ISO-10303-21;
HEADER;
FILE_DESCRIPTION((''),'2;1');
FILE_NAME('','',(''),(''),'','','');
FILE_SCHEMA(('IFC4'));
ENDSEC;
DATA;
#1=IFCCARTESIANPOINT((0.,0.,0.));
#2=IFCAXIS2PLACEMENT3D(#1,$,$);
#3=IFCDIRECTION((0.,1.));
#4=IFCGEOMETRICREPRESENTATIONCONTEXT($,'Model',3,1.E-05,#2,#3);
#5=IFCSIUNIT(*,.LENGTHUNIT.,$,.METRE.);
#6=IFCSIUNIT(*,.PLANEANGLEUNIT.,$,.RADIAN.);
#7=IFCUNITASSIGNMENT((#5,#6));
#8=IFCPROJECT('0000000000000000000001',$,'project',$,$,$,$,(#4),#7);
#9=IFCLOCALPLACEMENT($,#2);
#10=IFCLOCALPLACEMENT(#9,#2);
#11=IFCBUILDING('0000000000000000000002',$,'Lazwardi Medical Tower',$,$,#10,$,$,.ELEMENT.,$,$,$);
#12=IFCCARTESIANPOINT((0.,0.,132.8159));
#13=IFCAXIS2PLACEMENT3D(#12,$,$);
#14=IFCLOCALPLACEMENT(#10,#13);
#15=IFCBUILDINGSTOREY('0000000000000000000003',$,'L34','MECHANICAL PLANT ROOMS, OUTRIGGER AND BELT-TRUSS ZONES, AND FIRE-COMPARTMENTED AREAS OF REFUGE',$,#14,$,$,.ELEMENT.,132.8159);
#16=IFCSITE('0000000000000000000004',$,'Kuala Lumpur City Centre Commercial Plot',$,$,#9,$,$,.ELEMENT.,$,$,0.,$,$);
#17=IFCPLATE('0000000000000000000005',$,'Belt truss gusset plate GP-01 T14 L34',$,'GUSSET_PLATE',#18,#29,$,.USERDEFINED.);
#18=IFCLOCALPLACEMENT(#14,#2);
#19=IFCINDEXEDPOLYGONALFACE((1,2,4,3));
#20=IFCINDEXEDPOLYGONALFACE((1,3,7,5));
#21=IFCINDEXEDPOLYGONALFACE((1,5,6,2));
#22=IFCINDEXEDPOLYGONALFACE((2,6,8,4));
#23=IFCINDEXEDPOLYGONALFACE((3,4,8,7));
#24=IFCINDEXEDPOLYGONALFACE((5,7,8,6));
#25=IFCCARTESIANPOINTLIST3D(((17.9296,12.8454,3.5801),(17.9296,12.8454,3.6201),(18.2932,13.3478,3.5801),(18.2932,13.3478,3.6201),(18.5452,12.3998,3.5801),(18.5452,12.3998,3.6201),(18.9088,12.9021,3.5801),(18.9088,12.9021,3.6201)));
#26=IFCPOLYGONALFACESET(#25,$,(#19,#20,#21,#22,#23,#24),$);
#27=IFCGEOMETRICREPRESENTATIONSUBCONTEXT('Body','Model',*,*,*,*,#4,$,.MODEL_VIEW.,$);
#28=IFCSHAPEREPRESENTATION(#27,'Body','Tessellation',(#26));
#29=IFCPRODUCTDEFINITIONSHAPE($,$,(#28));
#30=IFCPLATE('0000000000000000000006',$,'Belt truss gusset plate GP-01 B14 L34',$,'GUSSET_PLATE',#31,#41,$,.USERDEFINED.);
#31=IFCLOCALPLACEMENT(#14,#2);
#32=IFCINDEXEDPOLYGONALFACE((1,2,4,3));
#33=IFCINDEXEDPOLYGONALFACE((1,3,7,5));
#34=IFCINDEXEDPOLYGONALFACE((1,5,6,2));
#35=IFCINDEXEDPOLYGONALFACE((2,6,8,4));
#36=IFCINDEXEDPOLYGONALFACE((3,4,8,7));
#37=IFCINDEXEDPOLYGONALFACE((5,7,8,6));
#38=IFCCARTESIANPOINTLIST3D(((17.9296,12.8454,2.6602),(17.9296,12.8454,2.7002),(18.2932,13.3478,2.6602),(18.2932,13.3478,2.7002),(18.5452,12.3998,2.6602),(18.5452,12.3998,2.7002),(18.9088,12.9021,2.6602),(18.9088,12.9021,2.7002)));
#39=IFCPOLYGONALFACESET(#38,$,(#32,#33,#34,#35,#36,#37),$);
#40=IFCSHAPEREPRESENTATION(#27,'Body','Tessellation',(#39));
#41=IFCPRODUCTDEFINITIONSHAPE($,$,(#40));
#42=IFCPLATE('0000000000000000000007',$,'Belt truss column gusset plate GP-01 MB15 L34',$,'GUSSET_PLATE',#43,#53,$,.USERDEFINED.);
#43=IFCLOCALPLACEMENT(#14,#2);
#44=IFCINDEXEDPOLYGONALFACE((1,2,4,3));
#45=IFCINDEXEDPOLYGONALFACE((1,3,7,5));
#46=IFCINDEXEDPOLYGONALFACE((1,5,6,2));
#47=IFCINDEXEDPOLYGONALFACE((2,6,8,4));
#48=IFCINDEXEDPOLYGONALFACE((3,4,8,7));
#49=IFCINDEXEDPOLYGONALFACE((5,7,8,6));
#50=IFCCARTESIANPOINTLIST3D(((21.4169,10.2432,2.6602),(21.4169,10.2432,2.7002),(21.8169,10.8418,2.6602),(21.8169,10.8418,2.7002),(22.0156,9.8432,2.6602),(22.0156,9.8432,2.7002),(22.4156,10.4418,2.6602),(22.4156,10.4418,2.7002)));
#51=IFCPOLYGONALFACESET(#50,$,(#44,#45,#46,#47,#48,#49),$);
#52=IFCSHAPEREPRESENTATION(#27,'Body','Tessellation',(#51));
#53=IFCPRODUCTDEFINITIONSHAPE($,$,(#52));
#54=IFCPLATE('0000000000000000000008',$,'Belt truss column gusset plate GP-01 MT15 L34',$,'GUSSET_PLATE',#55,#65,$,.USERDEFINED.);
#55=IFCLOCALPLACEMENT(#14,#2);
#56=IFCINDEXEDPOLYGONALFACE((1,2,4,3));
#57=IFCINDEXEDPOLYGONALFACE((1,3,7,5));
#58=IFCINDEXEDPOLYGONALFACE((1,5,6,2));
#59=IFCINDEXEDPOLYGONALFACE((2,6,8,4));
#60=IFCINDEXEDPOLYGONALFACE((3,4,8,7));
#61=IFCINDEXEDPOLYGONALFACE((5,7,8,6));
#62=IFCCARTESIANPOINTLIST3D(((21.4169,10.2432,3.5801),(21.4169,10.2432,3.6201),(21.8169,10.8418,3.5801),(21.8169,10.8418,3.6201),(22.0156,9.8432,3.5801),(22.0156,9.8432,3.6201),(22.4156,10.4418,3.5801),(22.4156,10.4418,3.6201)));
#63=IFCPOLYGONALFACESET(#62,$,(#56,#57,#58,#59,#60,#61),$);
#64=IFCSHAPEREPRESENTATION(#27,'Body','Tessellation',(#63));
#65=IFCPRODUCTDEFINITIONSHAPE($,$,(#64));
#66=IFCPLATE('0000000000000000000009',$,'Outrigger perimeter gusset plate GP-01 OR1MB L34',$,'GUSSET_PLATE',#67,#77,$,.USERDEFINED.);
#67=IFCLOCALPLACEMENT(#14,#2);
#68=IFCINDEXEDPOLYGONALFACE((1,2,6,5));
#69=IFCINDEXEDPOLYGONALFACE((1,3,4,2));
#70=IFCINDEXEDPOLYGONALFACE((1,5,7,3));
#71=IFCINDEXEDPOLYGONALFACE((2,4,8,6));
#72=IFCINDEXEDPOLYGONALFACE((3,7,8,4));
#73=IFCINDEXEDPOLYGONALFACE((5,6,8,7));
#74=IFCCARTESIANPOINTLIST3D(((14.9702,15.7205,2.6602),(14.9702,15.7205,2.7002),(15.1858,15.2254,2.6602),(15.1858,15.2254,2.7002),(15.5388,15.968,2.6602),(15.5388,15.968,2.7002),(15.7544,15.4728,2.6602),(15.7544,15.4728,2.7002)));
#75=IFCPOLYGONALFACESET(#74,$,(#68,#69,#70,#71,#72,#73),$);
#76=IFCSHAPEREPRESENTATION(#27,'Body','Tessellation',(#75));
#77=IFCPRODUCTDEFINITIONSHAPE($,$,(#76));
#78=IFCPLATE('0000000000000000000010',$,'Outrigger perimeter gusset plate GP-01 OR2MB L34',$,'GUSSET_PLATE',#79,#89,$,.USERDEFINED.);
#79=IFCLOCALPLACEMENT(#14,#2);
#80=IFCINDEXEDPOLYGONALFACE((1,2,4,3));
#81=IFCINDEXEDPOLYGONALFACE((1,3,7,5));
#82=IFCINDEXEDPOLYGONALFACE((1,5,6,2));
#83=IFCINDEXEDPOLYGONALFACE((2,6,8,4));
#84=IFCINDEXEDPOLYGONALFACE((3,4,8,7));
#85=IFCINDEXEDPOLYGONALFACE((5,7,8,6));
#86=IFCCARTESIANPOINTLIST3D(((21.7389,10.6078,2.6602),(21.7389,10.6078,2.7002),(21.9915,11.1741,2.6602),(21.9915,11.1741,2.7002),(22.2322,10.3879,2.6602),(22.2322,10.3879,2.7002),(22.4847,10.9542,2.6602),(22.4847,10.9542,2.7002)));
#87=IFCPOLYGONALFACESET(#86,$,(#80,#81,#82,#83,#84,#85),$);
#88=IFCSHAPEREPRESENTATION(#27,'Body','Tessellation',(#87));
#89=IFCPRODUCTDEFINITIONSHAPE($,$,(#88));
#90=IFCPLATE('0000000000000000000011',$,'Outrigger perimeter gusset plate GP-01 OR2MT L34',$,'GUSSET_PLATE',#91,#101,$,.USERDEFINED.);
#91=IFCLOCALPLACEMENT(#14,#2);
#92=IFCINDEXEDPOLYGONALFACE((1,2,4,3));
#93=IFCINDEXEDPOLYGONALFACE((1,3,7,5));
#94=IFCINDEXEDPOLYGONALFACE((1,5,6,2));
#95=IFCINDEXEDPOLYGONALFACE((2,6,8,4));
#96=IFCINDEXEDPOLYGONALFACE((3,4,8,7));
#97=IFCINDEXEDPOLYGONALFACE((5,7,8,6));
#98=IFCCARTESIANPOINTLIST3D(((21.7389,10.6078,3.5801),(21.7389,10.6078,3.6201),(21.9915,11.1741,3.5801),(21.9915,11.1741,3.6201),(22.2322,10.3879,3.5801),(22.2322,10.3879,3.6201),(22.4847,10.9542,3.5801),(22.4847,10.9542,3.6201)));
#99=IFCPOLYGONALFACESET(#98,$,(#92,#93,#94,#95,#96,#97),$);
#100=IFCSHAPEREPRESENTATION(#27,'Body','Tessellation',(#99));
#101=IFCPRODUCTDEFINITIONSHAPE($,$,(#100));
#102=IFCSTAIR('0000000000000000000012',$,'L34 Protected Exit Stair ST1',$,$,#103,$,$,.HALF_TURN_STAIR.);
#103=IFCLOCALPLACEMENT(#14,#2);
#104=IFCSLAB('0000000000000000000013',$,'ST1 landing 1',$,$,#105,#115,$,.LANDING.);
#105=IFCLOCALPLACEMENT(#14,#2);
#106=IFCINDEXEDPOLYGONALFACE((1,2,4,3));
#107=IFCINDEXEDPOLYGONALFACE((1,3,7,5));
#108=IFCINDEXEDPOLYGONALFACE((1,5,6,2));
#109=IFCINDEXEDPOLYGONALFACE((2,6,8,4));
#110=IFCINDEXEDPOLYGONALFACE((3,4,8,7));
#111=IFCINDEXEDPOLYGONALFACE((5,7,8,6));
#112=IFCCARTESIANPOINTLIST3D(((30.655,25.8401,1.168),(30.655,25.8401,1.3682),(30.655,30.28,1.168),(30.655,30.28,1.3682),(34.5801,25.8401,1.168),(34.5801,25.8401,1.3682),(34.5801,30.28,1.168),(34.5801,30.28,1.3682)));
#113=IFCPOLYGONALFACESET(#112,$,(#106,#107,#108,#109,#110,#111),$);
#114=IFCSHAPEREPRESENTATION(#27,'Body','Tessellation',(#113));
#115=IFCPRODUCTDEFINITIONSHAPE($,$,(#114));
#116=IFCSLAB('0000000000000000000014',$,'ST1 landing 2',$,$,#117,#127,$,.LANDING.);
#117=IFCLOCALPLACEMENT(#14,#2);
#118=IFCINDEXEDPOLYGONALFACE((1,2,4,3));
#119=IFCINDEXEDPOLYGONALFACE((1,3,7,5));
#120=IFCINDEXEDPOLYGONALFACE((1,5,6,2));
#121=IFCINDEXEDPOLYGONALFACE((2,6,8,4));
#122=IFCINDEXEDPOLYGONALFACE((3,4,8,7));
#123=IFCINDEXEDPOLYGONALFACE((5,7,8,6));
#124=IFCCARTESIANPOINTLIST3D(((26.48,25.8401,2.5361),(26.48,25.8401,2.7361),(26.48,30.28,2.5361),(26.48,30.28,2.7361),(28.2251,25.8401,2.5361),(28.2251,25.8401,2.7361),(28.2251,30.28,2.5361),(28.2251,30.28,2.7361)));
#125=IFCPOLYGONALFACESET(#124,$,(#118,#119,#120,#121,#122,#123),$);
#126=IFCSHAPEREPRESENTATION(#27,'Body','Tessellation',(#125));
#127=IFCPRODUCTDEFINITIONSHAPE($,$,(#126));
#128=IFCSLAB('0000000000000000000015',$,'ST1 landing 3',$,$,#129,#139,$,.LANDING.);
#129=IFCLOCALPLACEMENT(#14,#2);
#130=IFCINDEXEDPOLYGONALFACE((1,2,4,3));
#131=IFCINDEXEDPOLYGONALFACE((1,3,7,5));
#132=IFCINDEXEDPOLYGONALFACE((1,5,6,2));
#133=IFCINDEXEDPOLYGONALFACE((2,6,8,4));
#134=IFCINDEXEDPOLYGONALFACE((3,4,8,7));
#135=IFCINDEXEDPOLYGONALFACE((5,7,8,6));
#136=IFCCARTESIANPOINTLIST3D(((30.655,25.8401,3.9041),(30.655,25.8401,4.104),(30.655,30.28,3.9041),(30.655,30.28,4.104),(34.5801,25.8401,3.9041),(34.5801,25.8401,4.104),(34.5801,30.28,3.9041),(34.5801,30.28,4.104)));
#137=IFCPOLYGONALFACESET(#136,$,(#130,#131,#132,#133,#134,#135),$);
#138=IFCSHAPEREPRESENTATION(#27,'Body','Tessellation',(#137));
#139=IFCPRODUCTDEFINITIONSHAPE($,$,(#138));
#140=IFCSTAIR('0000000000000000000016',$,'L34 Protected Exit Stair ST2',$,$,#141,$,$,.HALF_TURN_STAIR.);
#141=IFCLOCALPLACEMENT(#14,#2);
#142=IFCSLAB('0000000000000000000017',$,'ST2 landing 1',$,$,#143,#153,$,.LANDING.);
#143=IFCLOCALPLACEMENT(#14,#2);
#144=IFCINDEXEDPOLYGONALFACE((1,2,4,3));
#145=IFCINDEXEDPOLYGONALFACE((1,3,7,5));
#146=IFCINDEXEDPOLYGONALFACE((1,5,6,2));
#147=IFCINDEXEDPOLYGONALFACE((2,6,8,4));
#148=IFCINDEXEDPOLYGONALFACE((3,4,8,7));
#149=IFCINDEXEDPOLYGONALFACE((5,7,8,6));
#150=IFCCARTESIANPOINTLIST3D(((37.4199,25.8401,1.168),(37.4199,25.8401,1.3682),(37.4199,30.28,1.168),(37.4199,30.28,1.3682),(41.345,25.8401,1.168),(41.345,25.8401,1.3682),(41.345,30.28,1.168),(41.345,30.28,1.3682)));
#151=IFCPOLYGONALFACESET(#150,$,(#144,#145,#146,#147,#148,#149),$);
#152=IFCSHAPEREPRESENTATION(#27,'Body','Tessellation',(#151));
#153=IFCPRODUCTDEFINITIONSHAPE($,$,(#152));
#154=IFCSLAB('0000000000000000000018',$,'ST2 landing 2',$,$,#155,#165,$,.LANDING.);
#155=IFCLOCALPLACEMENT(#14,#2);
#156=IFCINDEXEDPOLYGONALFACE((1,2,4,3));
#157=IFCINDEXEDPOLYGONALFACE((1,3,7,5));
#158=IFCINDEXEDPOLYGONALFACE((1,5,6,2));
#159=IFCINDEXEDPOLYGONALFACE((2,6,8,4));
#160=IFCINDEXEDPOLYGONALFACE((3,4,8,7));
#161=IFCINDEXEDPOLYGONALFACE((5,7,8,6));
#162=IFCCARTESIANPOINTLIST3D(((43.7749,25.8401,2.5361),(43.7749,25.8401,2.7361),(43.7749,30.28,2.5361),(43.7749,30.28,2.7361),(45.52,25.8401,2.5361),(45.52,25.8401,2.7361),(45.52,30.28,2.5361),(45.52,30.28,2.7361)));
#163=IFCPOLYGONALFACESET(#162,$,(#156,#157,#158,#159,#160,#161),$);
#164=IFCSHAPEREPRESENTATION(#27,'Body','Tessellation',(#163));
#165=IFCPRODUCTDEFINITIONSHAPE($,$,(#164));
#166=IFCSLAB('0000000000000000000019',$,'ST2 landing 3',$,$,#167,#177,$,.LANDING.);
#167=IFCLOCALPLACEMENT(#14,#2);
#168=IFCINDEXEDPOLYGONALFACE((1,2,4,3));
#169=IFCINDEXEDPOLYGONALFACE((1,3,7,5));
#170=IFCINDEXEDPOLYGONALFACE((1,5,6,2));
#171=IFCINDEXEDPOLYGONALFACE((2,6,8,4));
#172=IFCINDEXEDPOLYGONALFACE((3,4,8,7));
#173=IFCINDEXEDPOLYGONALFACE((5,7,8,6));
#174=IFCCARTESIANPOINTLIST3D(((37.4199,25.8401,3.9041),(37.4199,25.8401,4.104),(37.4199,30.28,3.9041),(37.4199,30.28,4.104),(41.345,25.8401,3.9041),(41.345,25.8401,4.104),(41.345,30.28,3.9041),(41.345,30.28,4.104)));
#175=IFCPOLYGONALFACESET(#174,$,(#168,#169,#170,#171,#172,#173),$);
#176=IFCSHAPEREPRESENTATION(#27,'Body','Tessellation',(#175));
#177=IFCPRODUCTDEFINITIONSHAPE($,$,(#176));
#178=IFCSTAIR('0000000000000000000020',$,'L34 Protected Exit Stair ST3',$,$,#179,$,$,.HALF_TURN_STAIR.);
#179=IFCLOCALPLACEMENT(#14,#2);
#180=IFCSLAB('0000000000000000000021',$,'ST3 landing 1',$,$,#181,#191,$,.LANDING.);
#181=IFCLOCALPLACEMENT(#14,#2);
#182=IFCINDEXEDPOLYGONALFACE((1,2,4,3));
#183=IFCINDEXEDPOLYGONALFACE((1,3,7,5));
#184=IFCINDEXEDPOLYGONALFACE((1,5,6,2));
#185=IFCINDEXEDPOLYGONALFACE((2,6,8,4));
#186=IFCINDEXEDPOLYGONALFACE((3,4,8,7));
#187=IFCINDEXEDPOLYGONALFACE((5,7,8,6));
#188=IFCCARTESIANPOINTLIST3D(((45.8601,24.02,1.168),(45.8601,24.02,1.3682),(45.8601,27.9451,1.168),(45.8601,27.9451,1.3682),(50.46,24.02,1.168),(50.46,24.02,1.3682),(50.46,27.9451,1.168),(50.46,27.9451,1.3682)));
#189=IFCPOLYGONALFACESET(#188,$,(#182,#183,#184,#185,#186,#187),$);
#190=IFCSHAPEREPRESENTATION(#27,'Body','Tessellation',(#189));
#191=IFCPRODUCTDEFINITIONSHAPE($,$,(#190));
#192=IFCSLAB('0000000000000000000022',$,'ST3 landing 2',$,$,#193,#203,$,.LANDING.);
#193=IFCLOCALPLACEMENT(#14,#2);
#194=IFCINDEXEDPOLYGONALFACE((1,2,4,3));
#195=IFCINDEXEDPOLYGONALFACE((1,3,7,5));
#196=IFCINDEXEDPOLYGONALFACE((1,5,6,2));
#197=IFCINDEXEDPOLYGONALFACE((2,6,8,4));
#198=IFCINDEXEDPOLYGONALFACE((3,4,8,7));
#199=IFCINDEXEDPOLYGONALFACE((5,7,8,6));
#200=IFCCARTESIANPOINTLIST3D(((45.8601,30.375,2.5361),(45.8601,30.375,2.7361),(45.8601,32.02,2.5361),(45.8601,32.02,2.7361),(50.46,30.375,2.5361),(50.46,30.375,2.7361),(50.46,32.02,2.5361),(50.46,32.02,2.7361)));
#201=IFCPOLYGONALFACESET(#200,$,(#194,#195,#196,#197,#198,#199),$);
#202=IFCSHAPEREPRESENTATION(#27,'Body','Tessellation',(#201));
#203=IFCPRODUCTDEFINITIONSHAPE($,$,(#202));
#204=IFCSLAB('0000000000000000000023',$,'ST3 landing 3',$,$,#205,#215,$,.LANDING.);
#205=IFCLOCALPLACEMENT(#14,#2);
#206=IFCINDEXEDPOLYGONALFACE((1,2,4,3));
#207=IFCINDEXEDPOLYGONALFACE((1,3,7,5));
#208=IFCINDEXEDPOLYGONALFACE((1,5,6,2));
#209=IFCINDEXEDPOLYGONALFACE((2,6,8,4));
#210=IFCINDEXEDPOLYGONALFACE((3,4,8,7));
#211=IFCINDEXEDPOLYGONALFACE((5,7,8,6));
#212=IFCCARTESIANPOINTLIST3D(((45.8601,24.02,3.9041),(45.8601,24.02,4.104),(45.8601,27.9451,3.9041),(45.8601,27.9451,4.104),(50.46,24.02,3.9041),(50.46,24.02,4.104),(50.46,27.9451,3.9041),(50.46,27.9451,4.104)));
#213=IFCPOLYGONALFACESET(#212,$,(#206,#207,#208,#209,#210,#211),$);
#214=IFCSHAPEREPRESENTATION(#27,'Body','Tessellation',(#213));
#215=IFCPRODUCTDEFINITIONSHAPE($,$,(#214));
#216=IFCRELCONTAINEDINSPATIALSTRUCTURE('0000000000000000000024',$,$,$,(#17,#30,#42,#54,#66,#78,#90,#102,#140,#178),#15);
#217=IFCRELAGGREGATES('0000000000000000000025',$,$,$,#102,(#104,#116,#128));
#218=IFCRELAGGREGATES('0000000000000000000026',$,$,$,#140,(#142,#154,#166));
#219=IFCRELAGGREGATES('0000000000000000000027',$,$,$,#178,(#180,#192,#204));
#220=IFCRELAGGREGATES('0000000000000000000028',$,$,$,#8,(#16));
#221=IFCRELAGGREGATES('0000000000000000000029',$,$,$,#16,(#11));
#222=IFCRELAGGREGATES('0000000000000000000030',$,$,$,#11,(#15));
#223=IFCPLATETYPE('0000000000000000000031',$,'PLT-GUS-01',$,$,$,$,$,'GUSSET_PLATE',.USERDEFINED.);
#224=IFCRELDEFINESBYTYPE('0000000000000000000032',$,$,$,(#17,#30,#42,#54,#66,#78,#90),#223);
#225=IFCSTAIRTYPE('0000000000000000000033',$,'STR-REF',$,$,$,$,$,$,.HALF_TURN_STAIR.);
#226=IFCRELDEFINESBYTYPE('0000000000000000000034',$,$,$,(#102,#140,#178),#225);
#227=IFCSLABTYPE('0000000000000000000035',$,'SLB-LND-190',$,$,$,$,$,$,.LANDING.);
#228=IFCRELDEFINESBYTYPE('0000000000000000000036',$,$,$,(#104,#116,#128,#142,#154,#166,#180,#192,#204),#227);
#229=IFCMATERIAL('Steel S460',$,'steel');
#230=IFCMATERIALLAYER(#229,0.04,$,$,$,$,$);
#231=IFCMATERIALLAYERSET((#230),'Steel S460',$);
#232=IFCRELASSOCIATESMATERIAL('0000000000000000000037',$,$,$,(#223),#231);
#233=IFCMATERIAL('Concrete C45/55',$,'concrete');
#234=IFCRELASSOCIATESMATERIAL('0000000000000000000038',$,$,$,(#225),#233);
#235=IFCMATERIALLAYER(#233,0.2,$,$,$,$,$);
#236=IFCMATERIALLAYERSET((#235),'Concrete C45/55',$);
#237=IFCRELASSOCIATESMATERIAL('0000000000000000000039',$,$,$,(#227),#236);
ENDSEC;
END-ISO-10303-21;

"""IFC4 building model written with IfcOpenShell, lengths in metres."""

from ifc_helpers import new_model, si_unit, direction, frame, origin, origin_2d, place, context, subcontext, project, spatial, polyline, rectangle, outline, extrude, material, layer, layer_set, type_object, element, aggregate, save


model = new_model("IFC4")

# Units and contexts
model_context = context("Model", 3, precision=1e-05, world=origin(), true_north=direction((0.0, 1.0)))
body_context = subcontext(model_context, "Body", "Model", "MODEL_VIEW")
ifc_project = project(units=[si_unit("LENGTHUNIT", "METRE"), si_unit("PLANEANGLEUNIT", "RADIAN")], contexts=[model_context])

# Site, building, storey
site_placement = place(None, origin())
site = spatial("IfcSite", under=ifc_project, at=site_placement, Name="Kuala Lumpur City Centre Commercial Plot", CompositionType="ELEMENT", RefElevation=0.0)
building_placement = place(site_placement, origin())
building = spatial("IfcBuilding", under=site, at=building_placement, Name="Lazwardi Medical Tower", CompositionType="ELEMENT")
storey_placement = place(building_placement, frame((0.0, 0.0, 132.8159)))
storey = spatial("IfcBuildingStorey", under=building, at=storey_placement, Name="L34", Description="MECHANICAL PLANT ROOMS, OUTRIGGER AND BELT-TRUSS ZONES, AND FIRE-COMPARTMENTED AREAS OF REFUGE", CompositionType="ELEMENT", Elevation=132.8159)

# Shared definitions
ifc_material_1 = material(Name="Steel S460", Category="steel")

# Plates
ifc_layer_1 = layer(ifc_material_1, 0.04)
ifc_layer_set_1 = layer_set([ifc_layer_1], Name="Steel S460")
plate_type = type_object("IfcPlateType", Name="PLT-GUS-01", ElementType="GUSSET_PLATE", PredefinedType="USERDEFINED", material=ifc_layer_set_1)
for number, where, z_axis, x_axis, name in (
    (1, (18.4192, 12.8738, 3.5801), (0.0, 0.0, 1.0), (0.810042, -0.586372, 0.0), "Belt truss gusset plate GP-01 T14 L34"),
    (2, (18.4192, 12.8738, 2.6602), (0.0, 0.0, 1.0), (0.810042, -0.586372, 0.0), "Belt truss gusset plate GP-01 B14 L34"),
):
    element("IfcPlate", number, at=place(storey_placement, frame(where, z_axis=z_axis, x_axis=x_axis)), inside=storey, type_object=plate_type, Name=name, ObjectType="GUSSET_PLATE", PredefinedType="USERDEFINED", context=body_context, shape_type="SweptSolid", body=[
        extrude(rectangle(XDim=0.76, YDim=0.6201, at=origin_2d()), origin(), (0.0, 0.0, 1.0), 0.04),
    ])
for number, where, z_axis, x_axis, name in (
    (3, (21.9163, 10.3425, 2.6602), (0.0, 0.0, 1.0), (-0.55557, -0.83147, 0.0), "Belt truss column gusset plate GP-01 MB15 L34"),
    (4, (21.9163, 10.3425, 3.5801), (0.0, 0.0, 1.0), (-0.55557, -0.83147, 0.0), "Belt truss column gusset plate GP-01 MT15 L34"),
):
    element("IfcPlate", number, at=place(storey_placement, frame(where, z_axis=z_axis, x_axis=x_axis)), inside=storey, type_object=plate_type, Name=name, ObjectType="GUSSET_PLATE", PredefinedType="USERDEFINED", context=body_context, shape_type="SweptSolid", body=[
        extrude(rectangle(XDim=0.72, YDim=0.72, at=origin_2d()), origin(), (0.0, 0.0, 1.0), 0.04),
    ])
for number, where, z_axis, x_axis, name in (
    (5, (15.3623, 15.5967, 2.6602), (0.0, 0.0, 1.0), (-0.916921, -0.399069, 0.0), "Outrigger perimeter gusset plate GP-01 OR1MB L34"),
    (6, (22.1118, 10.781, 2.6602), (0.0, 0.0, 1.0), (-0.407215, -0.913332, 0.0), "Outrigger perimeter gusset plate GP-01 OR2MB L34"),
    (7, (22.1118, 10.781, 3.5801), (0.0, 0.0, 1.0), (-0.407215, -0.913332, 0.0), "Outrigger perimeter gusset plate GP-01 OR2MT L34"),
):
    element("IfcPlate", number, at=place(storey_placement, frame(where, z_axis=z_axis, x_axis=x_axis)), inside=storey, type_object=plate_type, Name=name, ObjectType="GUSSET_PLATE", PredefinedType="USERDEFINED", context=body_context, shape_type="SweptSolid", body=[
        extrude(rectangle(XDim=0.6201, YDim=0.54, at=origin_2d()), origin(), (0.0, 0.0, 1.0), 0.04),
    ])

# Stairs, slabs
ifc_material_2 = material(Name="Concrete C45/55", Category="concrete")
stair_type = type_object("IfcStairType", Name="STR-REF", PredefinedType="HALF_TURN_STAIR", material=ifc_material_2)
stair_1_placement = place(storey_placement, origin())
stair_1 = element("IfcStair", 8, at=stair_1_placement, inside=storey, type_object=stair_type, Name="L34 Protected Exit Stair ST1", PredefinedType="HALF_TURN_STAIR")
ifc_layer_2 = layer(ifc_material_2, 0.2)
ifc_layer_set_2 = layer_set([ifc_layer_2], Name="Concrete C45/55")
slab_type_1 = type_object("IfcSlabType", Name="SLB-LND-190", PredefinedType="LANDING", material=ifc_layer_set_2)
slab_1_placement = place(storey_placement, frame((0.0, 0.0, 1.168)))
slab_1 = element("IfcSlab", 9, at=slab_1_placement, type_object=slab_type_1, Name="ST1 landing 1", PredefinedType="LANDING", context=body_context, shape_type="SweptSolid", body=[
    extrude(outline(polyline([(30.655, 25.8401), (34.5801, 25.8401), (34.5801, 30.28), (30.655, 30.28), (30.655, 25.8401)])), origin(), (0.0, 0.0, 1.0), 0.2002),
])
slab_2_placement = place(storey_placement, frame((0.0, 0.0, 2.5361)))
slab_2 = element("IfcSlab", 10, at=slab_2_placement, type_object=slab_type_1, Name="ST1 landing 2", PredefinedType="LANDING", context=body_context, shape_type="SweptSolid", body=[
    extrude(outline(polyline([(26.48, 25.8401), (28.2251, 25.8401), (28.2251, 30.28), (26.48, 30.28), (26.48, 25.8401)])), origin(), (0.0, 0.0, 1.0), 0.2),
])
slab_3_placement = place(storey_placement, frame((0.0, 0.0, 3.9041)))
slab_3 = element("IfcSlab", 11, at=slab_3_placement, type_object=slab_type_1, Name="ST1 landing 3", PredefinedType="LANDING", context=body_context, shape_type="SweptSolid", body=[
    extrude(outline(polyline([(30.655, 25.8401), (34.5801, 25.8401), (34.5801, 30.28), (30.655, 30.28), (30.655, 25.8401)])), origin(), (0.0, 0.0, 1.0), 0.2),
])
aggregate(stair_1, [slab_1, slab_2, slab_3])
stair_2_placement = place(storey_placement, origin())
stair_2 = element("IfcStair", 12, at=stair_2_placement, inside=storey, type_object=stair_type, Name="L34 Protected Exit Stair ST2", PredefinedType="HALF_TURN_STAIR")
slab_4_placement = place(storey_placement, frame((0.0, 0.0, 1.168)))
slab_4 = element("IfcSlab", 13, at=slab_4_placement, type_object=slab_type_1, Name="ST2 landing 1", PredefinedType="LANDING", context=body_context, shape_type="SweptSolid", body=[
    extrude(outline(polyline([(41.345, 30.28), (37.4199, 30.28), (37.4199, 25.8401), (41.345, 25.8401), (41.345, 30.28)])), origin(), (0.0, 0.0, 1.0), 0.2002),
])
slab_5_placement = place(storey_placement, frame((0.0, 0.0, 2.5361)))
slab_5 = element("IfcSlab", 14, at=slab_5_placement, type_object=slab_type_1, Name="ST2 landing 2", PredefinedType="LANDING", context=body_context, shape_type="SweptSolid", body=[
    extrude(outline(polyline([(45.52, 30.28), (43.7749, 30.28), (43.7749, 25.8401), (45.52, 25.8401), (45.52, 30.28)])), origin(), (0.0, 0.0, 1.0), 0.2),
])
slab_6_placement = place(storey_placement, frame((0.0, 0.0, 3.9041)))
slab_6 = element("IfcSlab", 15, at=slab_6_placement, type_object=slab_type_1, Name="ST2 landing 3", PredefinedType="LANDING", context=body_context, shape_type="SweptSolid", body=[
    extrude(outline(polyline([(41.345, 30.28), (37.4199, 30.28), (37.4199, 25.8401), (41.345, 25.8401), (41.345, 30.28)])), origin(), (0.0, 0.0, 1.0), 0.2),
])
aggregate(stair_2, [slab_4, slab_5, slab_6])
stair_3_placement = place(storey_placement, origin())
stair_3 = element("IfcStair", 16, at=stair_3_placement, inside=storey, type_object=stair_type, Name="L34 Protected Exit Stair ST3", PredefinedType="HALF_TURN_STAIR")
slab_7_placement = place(storey_placement, frame((0.0, 0.0, 1.168)))
slab_7 = element("IfcSlab", 17, at=slab_7_placement, type_object=slab_type_1, Name="ST3 landing 1", PredefinedType="LANDING", context=body_context, shape_type="SweptSolid", body=[
    extrude(outline(polyline([(45.8601, 27.9451), (45.8601, 24.02), (50.46, 24.02), (50.46, 27.9451), (45.8601, 27.9451)])), origin(), (0.0, 0.0, 1.0), 0.2002),
])
slab_8_placement = place(storey_placement, frame((0.0, 0.0, 2.5361)))
slab_8 = element("IfcSlab", 18, at=slab_8_placement, type_object=slab_type_1, Name="ST3 landing 2", PredefinedType="LANDING", context=body_context, shape_type="SweptSolid", body=[
    extrude(outline(polyline([(45.8601, 32.02), (45.8601, 30.375), (50.46, 30.375), (50.46, 32.02), (45.8601, 32.02)])), origin(), (0.0, 0.0, 1.0), 0.2),
])
slab_9_placement = place(storey_placement, frame((0.0, 0.0, 3.9041)))
slab_9 = element("IfcSlab", 19, at=slab_9_placement, type_object=slab_type_1, Name="ST3 landing 3", PredefinedType="LANDING", context=body_context, shape_type="SweptSolid", body=[
    extrude(outline(polyline([(45.8601, 27.9451), (45.8601, 24.02), (50.46, 24.02), (50.46, 27.9451), (45.8601, 27.9451)])), origin(), (0.0, 0.0, 1.0), 0.2),
])
aggregate(stair_3, [slab_7, slab_8, slab_9])

save(model, "model.ifc")
